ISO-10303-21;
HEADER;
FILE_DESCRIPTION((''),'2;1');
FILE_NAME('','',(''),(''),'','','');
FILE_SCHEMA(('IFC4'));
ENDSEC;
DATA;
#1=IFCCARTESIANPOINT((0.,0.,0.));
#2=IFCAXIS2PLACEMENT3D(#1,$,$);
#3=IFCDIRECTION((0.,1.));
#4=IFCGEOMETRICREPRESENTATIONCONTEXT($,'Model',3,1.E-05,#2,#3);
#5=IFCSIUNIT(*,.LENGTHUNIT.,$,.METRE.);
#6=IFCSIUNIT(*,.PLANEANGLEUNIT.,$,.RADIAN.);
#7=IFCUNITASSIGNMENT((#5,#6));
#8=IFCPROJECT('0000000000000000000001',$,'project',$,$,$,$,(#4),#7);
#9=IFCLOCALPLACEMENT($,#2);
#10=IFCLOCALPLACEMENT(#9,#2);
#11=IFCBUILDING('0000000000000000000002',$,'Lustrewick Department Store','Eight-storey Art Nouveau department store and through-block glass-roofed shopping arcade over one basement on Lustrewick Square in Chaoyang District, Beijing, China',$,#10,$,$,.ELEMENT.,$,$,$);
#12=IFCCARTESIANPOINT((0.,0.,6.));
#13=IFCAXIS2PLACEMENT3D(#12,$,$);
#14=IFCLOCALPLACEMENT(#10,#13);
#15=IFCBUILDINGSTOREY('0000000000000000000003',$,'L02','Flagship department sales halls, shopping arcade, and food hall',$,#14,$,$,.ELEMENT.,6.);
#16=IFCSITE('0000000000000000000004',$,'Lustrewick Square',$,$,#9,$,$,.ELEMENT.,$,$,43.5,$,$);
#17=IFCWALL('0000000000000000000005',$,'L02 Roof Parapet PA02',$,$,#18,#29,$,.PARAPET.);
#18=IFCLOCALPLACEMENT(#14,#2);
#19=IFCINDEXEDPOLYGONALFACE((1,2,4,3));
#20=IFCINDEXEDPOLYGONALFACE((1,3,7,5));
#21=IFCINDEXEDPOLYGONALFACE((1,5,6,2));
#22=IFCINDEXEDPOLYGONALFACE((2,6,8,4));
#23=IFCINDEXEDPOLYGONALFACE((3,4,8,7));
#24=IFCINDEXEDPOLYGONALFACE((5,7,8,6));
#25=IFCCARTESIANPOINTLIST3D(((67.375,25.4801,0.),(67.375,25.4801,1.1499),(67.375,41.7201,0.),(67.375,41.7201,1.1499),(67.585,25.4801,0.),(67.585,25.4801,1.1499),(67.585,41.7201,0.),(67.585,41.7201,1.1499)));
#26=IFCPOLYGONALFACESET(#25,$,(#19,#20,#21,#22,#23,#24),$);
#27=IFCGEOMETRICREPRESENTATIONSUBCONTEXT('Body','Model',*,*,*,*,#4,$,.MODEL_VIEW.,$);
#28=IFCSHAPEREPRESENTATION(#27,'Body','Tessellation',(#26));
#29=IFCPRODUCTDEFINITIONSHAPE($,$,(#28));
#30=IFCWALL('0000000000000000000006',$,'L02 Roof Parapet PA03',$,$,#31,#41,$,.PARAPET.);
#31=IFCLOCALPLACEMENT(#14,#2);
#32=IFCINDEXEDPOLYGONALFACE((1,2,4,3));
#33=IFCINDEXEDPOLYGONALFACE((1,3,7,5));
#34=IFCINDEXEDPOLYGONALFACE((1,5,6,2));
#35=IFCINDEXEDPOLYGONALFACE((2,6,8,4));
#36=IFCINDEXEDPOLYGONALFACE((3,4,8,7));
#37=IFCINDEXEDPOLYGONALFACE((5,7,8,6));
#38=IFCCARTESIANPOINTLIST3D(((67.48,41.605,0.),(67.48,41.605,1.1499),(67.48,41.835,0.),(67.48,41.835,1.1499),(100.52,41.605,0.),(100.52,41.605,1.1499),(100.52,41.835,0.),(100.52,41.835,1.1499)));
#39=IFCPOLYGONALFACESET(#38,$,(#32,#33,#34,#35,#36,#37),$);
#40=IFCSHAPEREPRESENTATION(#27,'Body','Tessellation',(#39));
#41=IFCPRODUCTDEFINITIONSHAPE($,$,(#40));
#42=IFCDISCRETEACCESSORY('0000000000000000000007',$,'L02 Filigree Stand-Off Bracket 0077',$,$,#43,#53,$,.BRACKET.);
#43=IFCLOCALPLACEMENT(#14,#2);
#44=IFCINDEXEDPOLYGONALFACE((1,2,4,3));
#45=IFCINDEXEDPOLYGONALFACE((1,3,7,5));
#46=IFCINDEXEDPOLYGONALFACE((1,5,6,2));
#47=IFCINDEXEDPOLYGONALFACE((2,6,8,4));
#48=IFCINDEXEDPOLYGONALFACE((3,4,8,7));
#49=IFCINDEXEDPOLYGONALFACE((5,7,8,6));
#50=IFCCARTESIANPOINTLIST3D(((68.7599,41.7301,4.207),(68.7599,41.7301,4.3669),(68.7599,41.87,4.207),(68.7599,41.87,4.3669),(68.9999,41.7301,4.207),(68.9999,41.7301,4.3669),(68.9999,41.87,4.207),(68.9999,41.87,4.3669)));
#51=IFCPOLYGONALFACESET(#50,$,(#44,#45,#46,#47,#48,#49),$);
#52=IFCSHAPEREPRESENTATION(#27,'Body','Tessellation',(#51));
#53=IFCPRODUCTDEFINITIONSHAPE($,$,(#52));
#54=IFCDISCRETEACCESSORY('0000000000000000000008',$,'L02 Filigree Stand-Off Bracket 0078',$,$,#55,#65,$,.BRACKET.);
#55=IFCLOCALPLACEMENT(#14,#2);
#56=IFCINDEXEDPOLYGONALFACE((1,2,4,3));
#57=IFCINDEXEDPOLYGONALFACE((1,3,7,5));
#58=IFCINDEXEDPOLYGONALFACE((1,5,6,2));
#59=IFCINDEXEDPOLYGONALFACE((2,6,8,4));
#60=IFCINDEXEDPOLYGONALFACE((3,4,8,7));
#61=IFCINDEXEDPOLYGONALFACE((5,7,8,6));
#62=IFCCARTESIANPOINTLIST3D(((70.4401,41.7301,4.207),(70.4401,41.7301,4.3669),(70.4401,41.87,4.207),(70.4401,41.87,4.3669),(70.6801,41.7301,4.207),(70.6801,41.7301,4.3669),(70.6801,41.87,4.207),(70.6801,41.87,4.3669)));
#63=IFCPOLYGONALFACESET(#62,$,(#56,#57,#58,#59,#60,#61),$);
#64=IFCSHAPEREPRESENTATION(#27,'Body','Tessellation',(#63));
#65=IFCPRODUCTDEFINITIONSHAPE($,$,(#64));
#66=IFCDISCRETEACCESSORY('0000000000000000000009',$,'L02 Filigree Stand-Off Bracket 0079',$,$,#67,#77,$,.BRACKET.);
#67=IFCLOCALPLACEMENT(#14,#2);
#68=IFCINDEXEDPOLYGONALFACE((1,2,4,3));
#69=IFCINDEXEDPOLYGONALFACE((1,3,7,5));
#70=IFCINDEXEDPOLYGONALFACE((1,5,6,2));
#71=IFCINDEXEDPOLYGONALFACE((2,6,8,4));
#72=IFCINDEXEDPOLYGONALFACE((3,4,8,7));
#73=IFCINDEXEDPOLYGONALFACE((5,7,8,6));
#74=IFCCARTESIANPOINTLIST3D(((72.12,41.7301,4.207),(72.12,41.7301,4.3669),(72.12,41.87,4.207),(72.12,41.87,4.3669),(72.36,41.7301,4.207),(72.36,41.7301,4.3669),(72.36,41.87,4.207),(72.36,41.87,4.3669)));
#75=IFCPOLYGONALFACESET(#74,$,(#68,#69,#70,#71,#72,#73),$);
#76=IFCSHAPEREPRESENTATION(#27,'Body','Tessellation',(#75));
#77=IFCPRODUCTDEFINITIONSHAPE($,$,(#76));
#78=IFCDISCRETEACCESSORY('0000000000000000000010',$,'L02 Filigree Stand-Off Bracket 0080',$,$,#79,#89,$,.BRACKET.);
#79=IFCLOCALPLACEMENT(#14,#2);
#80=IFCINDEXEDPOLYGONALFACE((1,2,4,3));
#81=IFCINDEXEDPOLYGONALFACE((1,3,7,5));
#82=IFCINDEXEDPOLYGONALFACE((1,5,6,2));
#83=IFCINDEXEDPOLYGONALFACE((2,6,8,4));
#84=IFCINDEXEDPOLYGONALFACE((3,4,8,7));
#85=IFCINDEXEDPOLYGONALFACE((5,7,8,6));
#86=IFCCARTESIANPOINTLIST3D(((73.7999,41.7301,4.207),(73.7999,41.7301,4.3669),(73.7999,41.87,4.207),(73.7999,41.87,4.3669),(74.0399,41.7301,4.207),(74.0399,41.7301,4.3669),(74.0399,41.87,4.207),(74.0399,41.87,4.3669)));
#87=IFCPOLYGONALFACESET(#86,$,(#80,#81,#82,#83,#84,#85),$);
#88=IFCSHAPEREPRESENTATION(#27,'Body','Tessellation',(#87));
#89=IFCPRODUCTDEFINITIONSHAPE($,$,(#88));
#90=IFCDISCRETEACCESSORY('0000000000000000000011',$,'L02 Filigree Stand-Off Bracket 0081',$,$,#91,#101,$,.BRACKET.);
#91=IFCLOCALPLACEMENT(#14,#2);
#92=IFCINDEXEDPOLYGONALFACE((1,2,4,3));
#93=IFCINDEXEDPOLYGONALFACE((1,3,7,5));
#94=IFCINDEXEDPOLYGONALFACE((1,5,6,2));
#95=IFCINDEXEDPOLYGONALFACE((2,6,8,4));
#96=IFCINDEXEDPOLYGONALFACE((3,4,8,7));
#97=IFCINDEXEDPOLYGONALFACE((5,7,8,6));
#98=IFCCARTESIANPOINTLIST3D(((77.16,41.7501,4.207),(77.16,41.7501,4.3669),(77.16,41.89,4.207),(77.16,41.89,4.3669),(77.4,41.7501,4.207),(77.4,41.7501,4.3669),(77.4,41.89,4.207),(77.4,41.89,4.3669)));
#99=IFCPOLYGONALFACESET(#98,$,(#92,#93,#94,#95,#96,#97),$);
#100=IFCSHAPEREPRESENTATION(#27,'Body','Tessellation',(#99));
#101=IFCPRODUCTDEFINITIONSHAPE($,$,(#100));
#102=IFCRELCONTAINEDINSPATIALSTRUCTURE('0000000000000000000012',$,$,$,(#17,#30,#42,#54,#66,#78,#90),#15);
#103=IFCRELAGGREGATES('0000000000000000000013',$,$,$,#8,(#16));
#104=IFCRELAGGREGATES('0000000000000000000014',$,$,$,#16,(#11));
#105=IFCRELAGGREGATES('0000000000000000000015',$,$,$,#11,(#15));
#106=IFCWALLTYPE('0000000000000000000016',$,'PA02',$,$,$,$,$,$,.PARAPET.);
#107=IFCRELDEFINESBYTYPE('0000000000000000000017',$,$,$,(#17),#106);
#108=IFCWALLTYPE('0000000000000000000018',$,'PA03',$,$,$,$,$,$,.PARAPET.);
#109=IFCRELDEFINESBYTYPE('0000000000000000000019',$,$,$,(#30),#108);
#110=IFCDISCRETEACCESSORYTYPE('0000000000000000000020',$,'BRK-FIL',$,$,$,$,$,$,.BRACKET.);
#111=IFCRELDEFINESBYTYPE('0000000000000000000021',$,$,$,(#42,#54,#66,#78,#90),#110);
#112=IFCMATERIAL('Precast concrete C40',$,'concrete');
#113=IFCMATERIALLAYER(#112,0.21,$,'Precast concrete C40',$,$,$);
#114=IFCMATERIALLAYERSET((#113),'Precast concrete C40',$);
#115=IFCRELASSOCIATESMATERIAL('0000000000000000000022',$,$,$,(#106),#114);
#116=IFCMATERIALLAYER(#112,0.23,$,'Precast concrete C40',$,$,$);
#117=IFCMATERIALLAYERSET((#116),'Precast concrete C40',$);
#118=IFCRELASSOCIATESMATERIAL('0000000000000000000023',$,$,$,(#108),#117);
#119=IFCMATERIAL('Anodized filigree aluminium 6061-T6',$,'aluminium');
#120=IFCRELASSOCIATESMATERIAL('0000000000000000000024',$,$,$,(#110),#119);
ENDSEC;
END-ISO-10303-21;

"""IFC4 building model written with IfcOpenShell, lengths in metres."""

from ifc_helpers import new_model, si_unit, direction, frame, frame_2d, origin, origin_2d, place, context, subcontext, project, spatial, rectangle, extrude, material, layer, layer_set, type_object, element, save


model = new_model("IFC4")

# Units and contexts
model_context = context("Model", 3, precision=1e-05, world=origin(), true_north=direction((0.0, 1.0)))
body_context = subcontext(model_context, "Body", "Model", "MODEL_VIEW")
ifc_project = project(units=[si_unit("LENGTHUNIT", "METRE"), si_unit("PLANEANGLEUNIT", "RADIAN")], contexts=[model_context])

# Site, building, storey
site_placement = place(None, origin())
site = spatial("IfcSite", under=ifc_project, at=site_placement, Name="Lustrewick Square", CompositionType="ELEMENT", RefElevation=43.5)
building_placement = place(site_placement, origin())
building = spatial("IfcBuilding", under=site, at=building_placement, Name="Lustrewick Department Store", Description="Eight-storey Art Nouveau department store and through-block glass-roofed shopping arcade over one basement on Lustrewick Square in Chaoyang District, Beijing, China", CompositionType="ELEMENT")
storey_placement = place(building_placement, frame((0.0, 0.0, 6.0)))
storey = spatial("IfcBuildingStorey", under=building, at=storey_placement, Name="L02", Description="Flagship department sales halls, shopping arcade, and food hall", CompositionType="ELEMENT", Elevation=6.0)

# Shared definitions
ifc_material_1 = material(Name="Precast concrete C40", Category="concrete")

# Walls
ifc_layer_1 = layer(ifc_material_1, 0.21, Name="Precast concrete C40")
ifc_layer_set_1 = layer_set([ifc_layer_1], Name="Precast concrete C40")
wall_type_1 = type_object("IfcWallType", Name="PA02", PredefinedType="PARAPET", material=ifc_layer_set_1)
wall_1_placement = place(storey_placement, frame((67.48, 25.48, 0.0), z_axis=(0.0, 0.0, 1.0), x_axis=(0.0, 1.0, 0.0)))
element("IfcWall", 1, at=wall_1_placement, inside=storey, type_object=wall_type_1, Name="L02 Roof Parapet PA02", PredefinedType="PARAPET", context=body_context, shape_type="SweptSolid", body=[
    extrude(rectangle(XDim=16.24, YDim=0.21, at=frame_2d((8.1201, 0.0))), origin(), (0.0, 0.0, 1.0), 1.1499),
])
ifc_layer_2 = layer(ifc_material_1, 0.23, Name="Precast concrete C40")
ifc_layer_set_2 = layer_set([ifc_layer_2], Name="Precast concrete C40")
wall_type_2 = type_object("IfcWallType", Name="PA03", PredefinedType="PARAPET", material=ifc_layer_set_2)
wall_2_placement = place(storey_placement, frame((67.48, 41.72, 0.0), z_axis=(0.0, 0.0, 1.0), x_axis=(1.0, 0.0, 0.0)))
element("IfcWall", 2, at=wall_2_placement, inside=storey, type_object=wall_type_2, Name="L02 Roof Parapet PA03", PredefinedType="PARAPET", context=body_context, shape_type="SweptSolid", body=[
    extrude(rectangle(XDim=33.04, YDim=0.23, at=frame_2d((16.52, 0.0))), origin(), (0.0, 0.0, 1.0), 1.1499),
])

# Discrete accessories
ifc_material_2 = material(Name="Anodized filigree aluminium 6061-T6", Category="aluminium")
discrete_accessory_type = type_object("IfcDiscreteAccessoryType", Name="BRK-FIL", PredefinedType="BRACKET", material=ifc_material_2)
for number, where, z_axis, x_axis, name in (
    (3, (68.8799, 41.8, 4.207), (0.0, 0.0, 1.0), (1.0, 0.0, 0.0), "L02 Filigree Stand-Off Bracket 0077"),
    (4, (70.5601, 41.8, 4.207), (0.0, 0.0, 1.0), (1.0, 0.0, 0.0), "L02 Filigree Stand-Off Bracket 0078"),
    (5, (72.24, 41.8, 4.207), (0.0, 0.0, 1.0), (1.0, 0.0, 0.0), "L02 Filigree Stand-Off Bracket 0079"),
    (6, (73.9199, 41.8, 4.207), (0.0, 0.0, 1.0), (1.0, 0.0, 0.0), "L02 Filigree Stand-Off Bracket 0080"),
    (7, (77.28, 41.8201, 4.207), (0.0, 0.0, 1.0), (1.0, 0.0, 0.0), "L02 Filigree Stand-Off Bracket 0081"),
):
    element("IfcDiscreteAccessory", number, at=place(storey_placement, frame(where, z_axis=z_axis, x_axis=x_axis)), inside=storey, type_object=discrete_accessory_type, Name=name, PredefinedType="BRACKET", context=body_context, shape_type="SweptSolid", body=[
        extrude(rectangle(XDim=0.24, YDim=0.1399, at=origin_2d()), origin(), (0.0, 0.0, 1.0), 0.1599),
    ])

save(model, "model.ifc")
